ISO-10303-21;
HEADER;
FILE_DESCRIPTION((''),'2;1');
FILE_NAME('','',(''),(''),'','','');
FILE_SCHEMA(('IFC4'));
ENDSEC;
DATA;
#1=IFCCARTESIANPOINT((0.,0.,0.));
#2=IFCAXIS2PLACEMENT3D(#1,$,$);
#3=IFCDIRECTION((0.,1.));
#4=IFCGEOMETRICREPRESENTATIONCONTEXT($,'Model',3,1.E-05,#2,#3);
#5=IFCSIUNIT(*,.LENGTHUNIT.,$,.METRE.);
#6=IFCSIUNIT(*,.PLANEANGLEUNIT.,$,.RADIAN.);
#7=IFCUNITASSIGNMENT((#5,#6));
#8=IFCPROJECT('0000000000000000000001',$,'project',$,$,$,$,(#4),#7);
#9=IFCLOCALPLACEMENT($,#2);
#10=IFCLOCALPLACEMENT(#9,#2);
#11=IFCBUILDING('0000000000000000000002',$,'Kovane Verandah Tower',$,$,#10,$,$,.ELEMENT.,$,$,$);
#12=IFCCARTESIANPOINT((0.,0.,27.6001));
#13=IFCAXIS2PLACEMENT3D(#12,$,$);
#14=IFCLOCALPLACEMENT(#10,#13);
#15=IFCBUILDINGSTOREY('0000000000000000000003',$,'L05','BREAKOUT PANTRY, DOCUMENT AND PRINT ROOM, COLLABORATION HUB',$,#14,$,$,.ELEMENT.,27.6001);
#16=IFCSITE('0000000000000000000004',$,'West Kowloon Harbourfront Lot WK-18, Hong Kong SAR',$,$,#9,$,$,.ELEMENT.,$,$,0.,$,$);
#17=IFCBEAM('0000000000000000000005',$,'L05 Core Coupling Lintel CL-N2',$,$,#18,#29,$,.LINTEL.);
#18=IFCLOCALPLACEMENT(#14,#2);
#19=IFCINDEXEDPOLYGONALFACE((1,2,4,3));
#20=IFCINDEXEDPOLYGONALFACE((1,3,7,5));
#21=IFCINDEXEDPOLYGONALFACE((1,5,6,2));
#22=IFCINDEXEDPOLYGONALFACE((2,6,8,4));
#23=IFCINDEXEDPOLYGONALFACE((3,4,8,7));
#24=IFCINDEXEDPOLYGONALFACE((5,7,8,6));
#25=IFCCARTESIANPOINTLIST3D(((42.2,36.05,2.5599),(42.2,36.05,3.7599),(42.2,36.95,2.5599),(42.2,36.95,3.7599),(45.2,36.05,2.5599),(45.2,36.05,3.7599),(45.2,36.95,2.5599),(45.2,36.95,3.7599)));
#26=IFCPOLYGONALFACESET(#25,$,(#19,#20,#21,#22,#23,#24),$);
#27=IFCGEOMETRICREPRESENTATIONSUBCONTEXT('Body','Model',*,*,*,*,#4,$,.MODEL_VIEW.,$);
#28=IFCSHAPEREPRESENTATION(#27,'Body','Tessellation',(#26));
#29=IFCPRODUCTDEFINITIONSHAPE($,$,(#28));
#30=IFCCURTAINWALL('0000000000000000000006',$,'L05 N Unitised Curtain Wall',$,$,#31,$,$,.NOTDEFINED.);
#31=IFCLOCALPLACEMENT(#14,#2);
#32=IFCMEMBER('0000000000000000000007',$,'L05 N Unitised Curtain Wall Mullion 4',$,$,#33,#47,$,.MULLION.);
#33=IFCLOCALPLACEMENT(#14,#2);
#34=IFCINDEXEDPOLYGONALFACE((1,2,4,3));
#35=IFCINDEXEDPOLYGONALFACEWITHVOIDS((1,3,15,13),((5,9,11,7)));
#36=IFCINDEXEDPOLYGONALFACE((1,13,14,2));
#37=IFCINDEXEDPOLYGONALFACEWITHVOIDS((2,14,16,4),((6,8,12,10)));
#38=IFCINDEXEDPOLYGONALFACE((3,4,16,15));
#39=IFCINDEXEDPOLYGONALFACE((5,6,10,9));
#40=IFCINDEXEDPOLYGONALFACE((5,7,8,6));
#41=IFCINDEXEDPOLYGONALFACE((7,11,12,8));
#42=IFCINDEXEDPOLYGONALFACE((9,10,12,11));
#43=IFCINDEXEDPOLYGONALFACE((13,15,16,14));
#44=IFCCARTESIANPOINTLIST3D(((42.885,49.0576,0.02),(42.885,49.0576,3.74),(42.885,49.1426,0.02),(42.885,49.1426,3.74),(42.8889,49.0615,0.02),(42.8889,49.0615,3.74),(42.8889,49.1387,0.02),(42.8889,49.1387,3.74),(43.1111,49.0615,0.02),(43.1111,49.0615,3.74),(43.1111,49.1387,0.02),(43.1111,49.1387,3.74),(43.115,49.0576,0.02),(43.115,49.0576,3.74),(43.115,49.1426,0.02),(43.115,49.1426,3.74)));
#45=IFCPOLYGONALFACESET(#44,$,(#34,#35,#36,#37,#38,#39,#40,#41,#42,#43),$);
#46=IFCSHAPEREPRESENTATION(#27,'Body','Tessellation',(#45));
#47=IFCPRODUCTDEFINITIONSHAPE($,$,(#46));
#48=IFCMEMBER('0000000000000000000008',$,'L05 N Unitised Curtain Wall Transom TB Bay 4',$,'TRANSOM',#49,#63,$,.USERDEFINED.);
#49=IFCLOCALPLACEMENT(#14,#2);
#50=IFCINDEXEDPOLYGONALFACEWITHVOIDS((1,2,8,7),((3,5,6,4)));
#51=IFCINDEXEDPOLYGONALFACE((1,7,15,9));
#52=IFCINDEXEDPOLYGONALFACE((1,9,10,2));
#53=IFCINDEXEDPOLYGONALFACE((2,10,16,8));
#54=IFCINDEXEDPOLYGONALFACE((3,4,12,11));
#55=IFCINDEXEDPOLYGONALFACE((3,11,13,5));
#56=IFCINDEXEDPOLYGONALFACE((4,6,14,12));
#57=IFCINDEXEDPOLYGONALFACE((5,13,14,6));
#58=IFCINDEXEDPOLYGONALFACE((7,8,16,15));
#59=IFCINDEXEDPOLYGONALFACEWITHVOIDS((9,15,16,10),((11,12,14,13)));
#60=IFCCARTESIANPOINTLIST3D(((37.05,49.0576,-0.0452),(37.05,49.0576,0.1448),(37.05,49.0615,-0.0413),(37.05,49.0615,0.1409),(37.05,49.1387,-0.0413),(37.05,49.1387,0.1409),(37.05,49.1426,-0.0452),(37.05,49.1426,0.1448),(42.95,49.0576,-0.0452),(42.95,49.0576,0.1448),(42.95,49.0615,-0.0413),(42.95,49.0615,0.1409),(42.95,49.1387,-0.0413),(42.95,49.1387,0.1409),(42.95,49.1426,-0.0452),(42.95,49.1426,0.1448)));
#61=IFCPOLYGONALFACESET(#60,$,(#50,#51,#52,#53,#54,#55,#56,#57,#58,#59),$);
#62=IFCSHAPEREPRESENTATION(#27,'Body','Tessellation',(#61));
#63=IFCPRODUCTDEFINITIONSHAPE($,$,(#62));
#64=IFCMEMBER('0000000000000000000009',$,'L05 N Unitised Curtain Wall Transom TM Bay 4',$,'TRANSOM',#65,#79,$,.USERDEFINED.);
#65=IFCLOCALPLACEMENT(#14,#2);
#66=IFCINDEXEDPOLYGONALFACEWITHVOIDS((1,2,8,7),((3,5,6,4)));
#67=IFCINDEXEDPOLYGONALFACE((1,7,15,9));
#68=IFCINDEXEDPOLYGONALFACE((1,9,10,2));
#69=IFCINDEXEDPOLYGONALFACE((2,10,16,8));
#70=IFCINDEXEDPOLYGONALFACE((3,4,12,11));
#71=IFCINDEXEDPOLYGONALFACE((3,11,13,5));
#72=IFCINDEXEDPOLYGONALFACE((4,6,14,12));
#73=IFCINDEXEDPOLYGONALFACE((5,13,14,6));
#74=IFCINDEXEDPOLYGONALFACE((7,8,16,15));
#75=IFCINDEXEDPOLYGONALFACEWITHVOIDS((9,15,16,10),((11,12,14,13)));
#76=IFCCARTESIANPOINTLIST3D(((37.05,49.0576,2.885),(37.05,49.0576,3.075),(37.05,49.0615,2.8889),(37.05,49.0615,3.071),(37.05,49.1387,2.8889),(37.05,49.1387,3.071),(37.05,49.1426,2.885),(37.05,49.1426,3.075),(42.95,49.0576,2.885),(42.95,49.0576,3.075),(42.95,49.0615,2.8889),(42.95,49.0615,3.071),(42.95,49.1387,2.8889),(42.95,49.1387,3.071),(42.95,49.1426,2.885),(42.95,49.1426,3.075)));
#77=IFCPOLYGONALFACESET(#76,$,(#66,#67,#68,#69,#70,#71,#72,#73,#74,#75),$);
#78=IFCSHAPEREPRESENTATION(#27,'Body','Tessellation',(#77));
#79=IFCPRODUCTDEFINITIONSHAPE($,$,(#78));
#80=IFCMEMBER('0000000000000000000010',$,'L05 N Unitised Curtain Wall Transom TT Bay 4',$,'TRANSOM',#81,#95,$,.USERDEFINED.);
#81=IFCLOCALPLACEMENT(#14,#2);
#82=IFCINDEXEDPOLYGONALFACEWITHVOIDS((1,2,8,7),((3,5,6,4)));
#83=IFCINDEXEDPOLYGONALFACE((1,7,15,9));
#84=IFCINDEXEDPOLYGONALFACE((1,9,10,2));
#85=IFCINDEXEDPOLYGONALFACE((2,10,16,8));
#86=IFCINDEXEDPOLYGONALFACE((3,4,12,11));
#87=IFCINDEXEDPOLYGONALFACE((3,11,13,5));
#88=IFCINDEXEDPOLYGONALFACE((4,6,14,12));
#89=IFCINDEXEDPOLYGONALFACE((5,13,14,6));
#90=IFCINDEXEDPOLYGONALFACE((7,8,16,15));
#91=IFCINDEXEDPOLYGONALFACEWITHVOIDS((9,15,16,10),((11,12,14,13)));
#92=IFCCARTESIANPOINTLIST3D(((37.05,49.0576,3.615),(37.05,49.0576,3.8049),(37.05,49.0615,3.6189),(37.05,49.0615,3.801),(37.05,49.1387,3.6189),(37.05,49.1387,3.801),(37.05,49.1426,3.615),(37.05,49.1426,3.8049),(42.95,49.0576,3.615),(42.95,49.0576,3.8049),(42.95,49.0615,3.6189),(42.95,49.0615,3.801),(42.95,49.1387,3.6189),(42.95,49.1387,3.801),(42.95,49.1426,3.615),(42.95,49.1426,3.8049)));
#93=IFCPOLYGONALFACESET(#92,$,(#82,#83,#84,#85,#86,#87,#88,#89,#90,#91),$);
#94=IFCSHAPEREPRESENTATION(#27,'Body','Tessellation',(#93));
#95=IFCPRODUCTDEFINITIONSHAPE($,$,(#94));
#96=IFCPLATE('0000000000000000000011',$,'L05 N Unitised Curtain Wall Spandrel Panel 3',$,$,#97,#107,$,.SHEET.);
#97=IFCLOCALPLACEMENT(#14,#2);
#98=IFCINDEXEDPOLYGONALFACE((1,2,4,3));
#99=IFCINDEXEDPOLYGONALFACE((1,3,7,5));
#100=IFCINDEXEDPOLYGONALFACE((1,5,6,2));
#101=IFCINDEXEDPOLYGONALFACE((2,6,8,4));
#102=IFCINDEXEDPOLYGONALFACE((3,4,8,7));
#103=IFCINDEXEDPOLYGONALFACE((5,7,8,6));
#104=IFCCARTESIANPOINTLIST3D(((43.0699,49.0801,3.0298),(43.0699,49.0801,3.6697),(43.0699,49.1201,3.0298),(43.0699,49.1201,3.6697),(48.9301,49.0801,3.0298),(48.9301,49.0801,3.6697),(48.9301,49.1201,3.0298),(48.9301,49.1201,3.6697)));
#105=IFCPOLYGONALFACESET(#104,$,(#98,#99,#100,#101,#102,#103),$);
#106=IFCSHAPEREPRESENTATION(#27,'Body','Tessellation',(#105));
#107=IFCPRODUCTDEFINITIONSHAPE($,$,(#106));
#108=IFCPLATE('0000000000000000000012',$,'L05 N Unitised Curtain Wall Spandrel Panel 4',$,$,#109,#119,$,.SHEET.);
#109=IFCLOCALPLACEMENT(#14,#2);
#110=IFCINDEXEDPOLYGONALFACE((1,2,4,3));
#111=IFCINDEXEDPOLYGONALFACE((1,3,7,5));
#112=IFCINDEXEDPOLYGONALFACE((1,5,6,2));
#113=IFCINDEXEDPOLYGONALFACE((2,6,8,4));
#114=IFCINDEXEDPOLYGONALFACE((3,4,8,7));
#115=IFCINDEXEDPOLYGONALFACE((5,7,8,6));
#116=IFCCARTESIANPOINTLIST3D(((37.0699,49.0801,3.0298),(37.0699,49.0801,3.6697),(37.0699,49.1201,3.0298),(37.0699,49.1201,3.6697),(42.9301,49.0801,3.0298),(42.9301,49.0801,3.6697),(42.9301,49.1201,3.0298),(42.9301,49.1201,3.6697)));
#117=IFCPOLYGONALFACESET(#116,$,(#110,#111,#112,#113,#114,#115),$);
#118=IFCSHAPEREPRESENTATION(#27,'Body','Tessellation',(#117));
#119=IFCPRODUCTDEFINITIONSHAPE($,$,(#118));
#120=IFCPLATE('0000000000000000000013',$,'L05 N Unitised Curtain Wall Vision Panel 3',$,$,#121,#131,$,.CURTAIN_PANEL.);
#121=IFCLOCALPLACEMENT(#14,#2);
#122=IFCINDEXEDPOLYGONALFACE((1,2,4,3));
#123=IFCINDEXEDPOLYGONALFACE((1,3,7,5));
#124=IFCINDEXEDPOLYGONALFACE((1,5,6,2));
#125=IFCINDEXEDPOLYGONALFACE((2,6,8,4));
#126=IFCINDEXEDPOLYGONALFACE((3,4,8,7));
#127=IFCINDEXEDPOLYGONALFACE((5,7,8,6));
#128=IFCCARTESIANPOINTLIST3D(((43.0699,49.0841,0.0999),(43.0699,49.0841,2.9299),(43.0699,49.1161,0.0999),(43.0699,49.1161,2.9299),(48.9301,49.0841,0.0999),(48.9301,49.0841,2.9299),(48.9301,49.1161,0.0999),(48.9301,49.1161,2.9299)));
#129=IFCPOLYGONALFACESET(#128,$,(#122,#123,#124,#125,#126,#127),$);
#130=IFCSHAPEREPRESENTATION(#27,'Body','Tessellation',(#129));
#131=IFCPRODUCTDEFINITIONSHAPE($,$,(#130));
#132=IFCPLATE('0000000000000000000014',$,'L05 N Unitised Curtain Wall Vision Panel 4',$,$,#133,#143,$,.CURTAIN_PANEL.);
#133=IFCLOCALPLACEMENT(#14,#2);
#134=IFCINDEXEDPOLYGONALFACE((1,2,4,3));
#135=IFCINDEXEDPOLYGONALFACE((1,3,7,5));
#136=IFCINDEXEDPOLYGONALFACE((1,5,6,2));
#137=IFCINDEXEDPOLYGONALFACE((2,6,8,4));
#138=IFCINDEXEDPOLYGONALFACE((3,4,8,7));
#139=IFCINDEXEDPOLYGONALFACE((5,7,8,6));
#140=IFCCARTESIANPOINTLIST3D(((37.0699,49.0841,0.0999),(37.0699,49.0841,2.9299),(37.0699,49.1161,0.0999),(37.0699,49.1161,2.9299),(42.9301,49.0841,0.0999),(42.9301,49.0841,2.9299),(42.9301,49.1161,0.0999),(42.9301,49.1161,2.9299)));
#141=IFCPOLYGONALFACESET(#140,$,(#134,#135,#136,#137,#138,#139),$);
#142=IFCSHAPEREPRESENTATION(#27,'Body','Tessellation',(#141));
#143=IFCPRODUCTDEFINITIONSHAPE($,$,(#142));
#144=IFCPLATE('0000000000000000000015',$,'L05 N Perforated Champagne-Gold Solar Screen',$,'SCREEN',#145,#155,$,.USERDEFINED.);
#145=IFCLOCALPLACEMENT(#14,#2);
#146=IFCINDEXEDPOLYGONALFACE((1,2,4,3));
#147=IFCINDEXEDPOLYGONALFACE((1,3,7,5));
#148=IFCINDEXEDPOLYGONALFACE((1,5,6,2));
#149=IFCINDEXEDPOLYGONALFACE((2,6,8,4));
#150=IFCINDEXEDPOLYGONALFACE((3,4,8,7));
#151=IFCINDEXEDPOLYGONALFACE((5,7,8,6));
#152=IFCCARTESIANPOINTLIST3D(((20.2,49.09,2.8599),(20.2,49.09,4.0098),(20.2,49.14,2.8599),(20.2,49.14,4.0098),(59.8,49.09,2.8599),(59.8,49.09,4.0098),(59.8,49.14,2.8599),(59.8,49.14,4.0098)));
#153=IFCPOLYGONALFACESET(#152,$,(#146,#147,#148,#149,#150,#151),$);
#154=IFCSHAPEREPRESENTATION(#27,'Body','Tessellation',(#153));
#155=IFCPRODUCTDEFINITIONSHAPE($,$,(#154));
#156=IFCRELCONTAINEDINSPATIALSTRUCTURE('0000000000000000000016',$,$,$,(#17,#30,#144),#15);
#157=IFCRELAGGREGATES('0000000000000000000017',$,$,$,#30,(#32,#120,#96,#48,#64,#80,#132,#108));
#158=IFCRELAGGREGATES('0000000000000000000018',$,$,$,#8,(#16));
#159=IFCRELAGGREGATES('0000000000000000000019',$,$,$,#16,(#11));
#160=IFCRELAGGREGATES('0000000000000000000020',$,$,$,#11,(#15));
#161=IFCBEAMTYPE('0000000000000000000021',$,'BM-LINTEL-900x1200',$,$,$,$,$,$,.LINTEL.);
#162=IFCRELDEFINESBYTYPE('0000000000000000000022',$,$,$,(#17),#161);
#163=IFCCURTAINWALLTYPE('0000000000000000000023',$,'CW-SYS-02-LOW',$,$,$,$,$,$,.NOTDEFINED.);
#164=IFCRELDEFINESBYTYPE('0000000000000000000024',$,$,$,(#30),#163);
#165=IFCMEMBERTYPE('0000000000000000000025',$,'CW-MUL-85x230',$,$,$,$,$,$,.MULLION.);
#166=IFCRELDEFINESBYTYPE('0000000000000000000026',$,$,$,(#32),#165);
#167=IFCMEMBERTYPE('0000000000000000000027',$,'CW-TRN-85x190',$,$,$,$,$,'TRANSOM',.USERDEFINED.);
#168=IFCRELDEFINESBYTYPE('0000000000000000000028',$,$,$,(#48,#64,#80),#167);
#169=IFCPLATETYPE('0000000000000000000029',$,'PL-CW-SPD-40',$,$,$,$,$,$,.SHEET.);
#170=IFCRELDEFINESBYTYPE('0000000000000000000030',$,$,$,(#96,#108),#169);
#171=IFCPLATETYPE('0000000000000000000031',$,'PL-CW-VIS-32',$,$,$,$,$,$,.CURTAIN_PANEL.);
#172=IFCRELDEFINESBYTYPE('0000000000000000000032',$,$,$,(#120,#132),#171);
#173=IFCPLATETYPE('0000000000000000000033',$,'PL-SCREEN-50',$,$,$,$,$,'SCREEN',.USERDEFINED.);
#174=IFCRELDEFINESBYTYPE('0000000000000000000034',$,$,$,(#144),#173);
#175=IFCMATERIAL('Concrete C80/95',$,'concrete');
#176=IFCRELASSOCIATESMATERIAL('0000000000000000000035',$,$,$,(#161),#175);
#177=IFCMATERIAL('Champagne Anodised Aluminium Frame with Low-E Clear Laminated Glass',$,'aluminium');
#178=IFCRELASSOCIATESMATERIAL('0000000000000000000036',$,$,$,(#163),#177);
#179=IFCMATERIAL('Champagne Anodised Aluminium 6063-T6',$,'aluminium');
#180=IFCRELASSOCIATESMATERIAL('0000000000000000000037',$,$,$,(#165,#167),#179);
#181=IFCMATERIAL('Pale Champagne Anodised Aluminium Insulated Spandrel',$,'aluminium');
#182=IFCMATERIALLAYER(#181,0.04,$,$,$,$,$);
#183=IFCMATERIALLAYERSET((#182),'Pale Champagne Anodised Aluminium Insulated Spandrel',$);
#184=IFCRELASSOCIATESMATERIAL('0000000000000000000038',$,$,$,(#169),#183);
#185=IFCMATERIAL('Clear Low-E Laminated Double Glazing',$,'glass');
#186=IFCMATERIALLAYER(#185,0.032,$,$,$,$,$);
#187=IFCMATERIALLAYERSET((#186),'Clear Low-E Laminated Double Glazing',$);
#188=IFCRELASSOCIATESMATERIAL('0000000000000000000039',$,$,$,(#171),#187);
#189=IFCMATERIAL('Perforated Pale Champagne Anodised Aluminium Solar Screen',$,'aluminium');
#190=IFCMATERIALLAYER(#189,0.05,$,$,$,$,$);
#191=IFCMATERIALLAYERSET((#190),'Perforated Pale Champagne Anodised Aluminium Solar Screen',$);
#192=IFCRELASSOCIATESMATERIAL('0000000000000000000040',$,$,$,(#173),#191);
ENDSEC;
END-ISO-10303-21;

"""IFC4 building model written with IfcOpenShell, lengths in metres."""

from ifc_helpers import new_model, si_unit, direction, frame, origin, origin_2d, place, context, subcontext, project, spatial, rectangle, hollow_rectangle, extrude, material, layer, layer_set, material_profile, profile_set, type_object, element, aggregate, save


model = new_model("IFC4")

# Units and contexts
model_context = context("Model", 3, precision=1e-05, world=origin(), true_north=direction((0.0, 1.0)))
body_context = subcontext(model_context, "Body", "Model", "MODEL_VIEW")
ifc_project = project(units=[si_unit("LENGTHUNIT", "METRE"), si_unit("PLANEANGLEUNIT", "RADIAN")], contexts=[model_context])

# Site, building, storey
site_placement = place(None, origin())
site = spatial("IfcSite", under=ifc_project, at=site_placement, Name="West Kowloon Harbourfront Lot WK-18, Hong Kong SAR", CompositionType="ELEMENT", RefElevation=0.0)
building_placement = place(site_placement, origin())
building = spatial("IfcBuilding", under=site, at=building_placement, Name="Kovane Verandah Tower", CompositionType="ELEMENT")
storey_placement = place(building_placement, frame((0.0, 0.0, 27.6001)))
storey = spatial("IfcBuildingStorey", under=building, at=storey_placement, Name="L05", Description="BREAKOUT PANTRY, DOCUMENT AND PRINT ROOM, COLLABORATION HUB", CompositionType="ELEMENT", Elevation=27.6001)

# Beam
ifc_material_1 = material(Name="Concrete C80/95", Category="concrete")
ifc_material_profile_1 = material_profile(ifc_material_1, rectangle(XDim=0.8999, YDim=1.2, at=origin_2d()), Name="RCB900x1200")
ifc_profile_set_1 = profile_set([ifc_material_profile_1], Name="Concrete C80/95")
beam_type = type_object("IfcBeamType", Name="BM-LINTEL-900x1200", PredefinedType="LINTEL", material=ifc_profile_set_1)
beam_placement = place(storey_placement, frame((42.2, 36.5, 3.1599), z_axis=(1.0, 0.0, 0.0), x_axis=(0.0, 1.0, 0.0)))
element("IfcBeam", 1, at=beam_placement, inside=storey, type_object=beam_type, Name="L05 Core Coupling Lintel CL-N2", PredefinedType="LINTEL", context=body_context, shape_type="SweptSolid", body=[
    extrude(rectangle(XDim=0.8999, YDim=1.2, at=origin_2d()), origin(), (0.0, 0.0, 1.0), 3.0),
])

# Curtain wall, members, plates
ifc_material_2 = material(Name="Champagne Anodised Aluminium Frame with Low-E Clear Laminated Glass", Category="aluminium")
curtain_wall_type = type_object("IfcCurtainWallType", Name="CW-SYS-02-LOW", PredefinedType="NOTDEFINED", material=ifc_material_2)
curtain_wall_placement = place(storey_placement, origin())
curtain_wall = element("IfcCurtainWall", 2, at=curtain_wall_placement, inside=storey, type_object=curtain_wall_type, Name="L05 N Unitised Curtain Wall", PredefinedType="NOTDEFINED")
ifc_material_3 = material(Name="Champagne Anodised Aluminium 6063-T6", Category="aluminium")
ifc_material_profile_2 = material_profile(ifc_material_3, hollow_rectangle(XDim=0.085, YDim=0.23, WallThickness=0.0039, at=origin_2d()), Name="AL85x230x4")
ifc_profile_set_2 = profile_set([ifc_material_profile_2], Name="Champagne Anodised Aluminium 6063-T6")
member_type_1 = type_object("IfcMemberType", Name="CW-MUL-85x230", PredefinedType="MULLION", material=ifc_profile_set_2)
member_1_placement = place(storey_placement, frame((43.0, 49.1001, 0.02), z_axis=(0.0, 0.0, 1.0), x_axis=(0.0, 1.0, 0.0)))
member_1 = element("IfcMember", 3, at=member_1_placement, type_object=member_type_1, Name="L05 N Unitised Curtain Wall Mullion 4", PredefinedType="MULLION", context=body_context, shape_type="SweptSolid", body=[
    extrude(hollow_rectangle(XDim=0.085, YDim=0.23, WallThickness=0.0039, at=origin_2d()), origin(), (0.0, 0.0, 1.0), 3.72),
])
ifc_material_profile_3 = material_profile(ifc_material_3, hollow_rectangle(XDim=0.085, YDim=0.1899, WallThickness=0.0039, at=origin_2d()), Name="AL85x190x4")
ifc_profile_set_3 = profile_set([ifc_material_profile_3], Name="Champagne Anodised Aluminium 6063-T6")
member_type_2 = type_object("IfcMemberType", Name="CW-TRN-85x190", ElementType="TRANSOM", PredefinedType="USERDEFINED", material=ifc_profile_set_3)
member_2_placement = place(storey_placement, frame((42.95, 49.1001, 0.0498), z_axis=(-1.0, 0.0, 0.0), x_axis=(0.0, -1.0, 0.0)))
member_2 = element("IfcMember", 4, at=member_2_placement, type_object=member_type_2, Name="L05 N Unitised Curtain Wall Transom TB Bay 4", ObjectType="TRANSOM", PredefinedType="USERDEFINED", context=body_context, shape_type="SweptSolid", body=[
    extrude(hollow_rectangle(XDim=0.085, YDim=0.1899, WallThickness=0.0039, at=origin_2d()), origin(), (0.0, 0.0, 1.0), 5.8999),
])
member_3_placement = place(storey_placement, frame((42.95, 49.1001, 2.98), z_axis=(-1.0, 0.0, 0.0), x_axis=(0.0, -1.0, 0.0)))
member_3 = element("IfcMember", 5, at=member_3_placement, type_object=member_type_2, Name="L05 N Unitised Curtain Wall Transom TM Bay 4", ObjectType="TRANSOM", PredefinedType="USERDEFINED", context=body_context, shape_type="SweptSolid", body=[
    extrude(hollow_rectangle(XDim=0.085, YDim=0.1899, WallThickness=0.0039, at=origin_2d()), origin(), (0.0, 0.0, 1.0), 5.8999),
])
member_4_placement = place(storey_placement, frame((42.95, 49.1001, 3.71), z_axis=(-1.0, 0.0, 0.0), x_axis=(0.0, -1.0, 0.0)))
member_4 = element("IfcMember", 6, at=member_4_placement, type_object=member_type_2, Name="L05 N Unitised Curtain Wall Transom TT Bay 4", ObjectType="TRANSOM", PredefinedType="USERDEFINED", context=body_context, shape_type="SweptSolid", body=[
    extrude(hollow_rectangle(XDim=0.085, YDim=0.1899, WallThickness=0.0039, at=origin_2d()), origin(), (0.0, 0.0, 1.0), 5.8999),
])
ifc_material_4 = material(Name="Pale Champagne Anodised Aluminium Insulated Spandrel", Category="aluminium")
ifc_layer_1 = layer(ifc_material_4, 0.04)
ifc_layer_set_1 = layer_set([ifc_layer_1], Name="Pale Champagne Anodised Aluminium Insulated Spandrel")
plate_type_1 = type_object("IfcPlateType", Name="PL-CW-SPD-40", PredefinedType="SHEET", material=ifc_layer_set_1)
plate_1_placement = place(storey_placement, frame((46.0, 49.1001, 3.0298), z_axis=(0.0, 0.0, 1.0), x_axis=(-1.0, 0.0, 0.0)))
plate_1 = element("IfcPlate", 7, at=plate_1_placement, type_object=plate_type_1, Name="L05 N Unitised Curtain Wall Spandrel Panel 3", PredefinedType="SHEET", context=body_context, shape_type="SweptSolid", body=[
    extrude(rectangle(XDim=5.8601, YDim=0.04, at=origin_2d()), origin(), (0.0, 0.0, 1.0), 0.6399),
])
plate_2_placement = place(storey_placement, frame((40.0, 49.1001, 3.0298), z_axis=(0.0, 0.0, 1.0), x_axis=(-1.0, 0.0, 0.0)))
plate_2 = element("IfcPlate", 8, at=plate_2_placement, type_object=plate_type_1, Name="L05 N Unitised Curtain Wall Spandrel Panel 4", PredefinedType="SHEET", context=body_context, shape_type="SweptSolid", body=[
    extrude(rectangle(XDim=5.8601, YDim=0.04, at=origin_2d()), origin(), (0.0, 0.0, 1.0), 0.6399),
])
ifc_material_5 = material(Name="Clear Low-E Laminated Double Glazing", Category="glass")
ifc_layer_2 = layer(ifc_material_5, 0.032)
ifc_layer_set_2 = layer_set([ifc_layer_2], Name="Clear Low-E Laminated Double Glazing")
plate_type_2 = type_object("IfcPlateType", Name="PL-CW-VIS-32", PredefinedType="CURTAIN_PANEL", material=ifc_layer_set_2)
plate_3_placement = place(storey_placement, frame((46.0, 49.1001, 0.0999), z_axis=(0.0, 0.0, 1.0), x_axis=(-1.0, 0.0, 0.0)))
plate_3 = element("IfcPlate", 9, at=plate_3_placement, type_object=plate_type_2, Name="L05 N Unitised Curtain Wall Vision Panel 3", PredefinedType="CURTAIN_PANEL", context=body_context, shape_type="SweptSolid", body=[
    extrude(rectangle(XDim=5.8601, YDim=0.032, at=origin_2d()), origin(), (0.0, 0.0, 1.0), 2.8301),
])
plate_4_placement = place(storey_placement, frame((40.0, 49.1001, 0.0999), z_axis=(0.0, 0.0, 1.0), x_axis=(-1.0, 0.0, 0.0)))
plate_4 = element("IfcPlate", 10, at=plate_4_placement, type_object=plate_type_2, Name="L05 N Unitised Curtain Wall Vision Panel 4", PredefinedType="CURTAIN_PANEL", context=body_context, shape_type="SweptSolid", body=[
    extrude(rectangle(XDim=5.8601, YDim=0.032, at=origin_2d()), origin(), (0.0, 0.0, 1.0), 2.8301),
])
aggregate(curtain_wall, [member_1, plate_3, plate_1, member_2, member_3, member_4, plate_4, plate_2])

# Plate
ifc_material_6 = material(Name="Perforated Pale Champagne Anodised Aluminium Solar Screen", Category="aluminium")
ifc_layer_3 = layer(ifc_material_6, 0.05)
ifc_layer_set_3 = layer_set([ifc_layer_3], Name="Perforated Pale Champagne Anodised Aluminium Solar Screen")
plate_type_3 = type_object("IfcPlateType", Name="PL-SCREEN-50", ElementType="SCREEN", PredefinedType="USERDEFINED", material=ifc_layer_set_3)
plate_5_placement = place(storey_placement, frame((40.0, 49.115, 2.8599), z_axis=(0.0, 0.0, 1.0), x_axis=(-1.0, 0.0, 0.0)))
element("IfcPlate", 11, at=plate_5_placement, inside=storey, type_object=plate_type_3, Name="L05 N Perforated Champagne-Gold Solar Screen", ObjectType="SCREEN", PredefinedType="USERDEFINED", context=body_context, shape_type="SweptSolid", body=[
    extrude(rectangle(XDim=39.6001, YDim=0.05, at=origin_2d()), origin(), (0.0, 0.0, 1.0), 1.1499),
])

save(model, "model.ifc")
